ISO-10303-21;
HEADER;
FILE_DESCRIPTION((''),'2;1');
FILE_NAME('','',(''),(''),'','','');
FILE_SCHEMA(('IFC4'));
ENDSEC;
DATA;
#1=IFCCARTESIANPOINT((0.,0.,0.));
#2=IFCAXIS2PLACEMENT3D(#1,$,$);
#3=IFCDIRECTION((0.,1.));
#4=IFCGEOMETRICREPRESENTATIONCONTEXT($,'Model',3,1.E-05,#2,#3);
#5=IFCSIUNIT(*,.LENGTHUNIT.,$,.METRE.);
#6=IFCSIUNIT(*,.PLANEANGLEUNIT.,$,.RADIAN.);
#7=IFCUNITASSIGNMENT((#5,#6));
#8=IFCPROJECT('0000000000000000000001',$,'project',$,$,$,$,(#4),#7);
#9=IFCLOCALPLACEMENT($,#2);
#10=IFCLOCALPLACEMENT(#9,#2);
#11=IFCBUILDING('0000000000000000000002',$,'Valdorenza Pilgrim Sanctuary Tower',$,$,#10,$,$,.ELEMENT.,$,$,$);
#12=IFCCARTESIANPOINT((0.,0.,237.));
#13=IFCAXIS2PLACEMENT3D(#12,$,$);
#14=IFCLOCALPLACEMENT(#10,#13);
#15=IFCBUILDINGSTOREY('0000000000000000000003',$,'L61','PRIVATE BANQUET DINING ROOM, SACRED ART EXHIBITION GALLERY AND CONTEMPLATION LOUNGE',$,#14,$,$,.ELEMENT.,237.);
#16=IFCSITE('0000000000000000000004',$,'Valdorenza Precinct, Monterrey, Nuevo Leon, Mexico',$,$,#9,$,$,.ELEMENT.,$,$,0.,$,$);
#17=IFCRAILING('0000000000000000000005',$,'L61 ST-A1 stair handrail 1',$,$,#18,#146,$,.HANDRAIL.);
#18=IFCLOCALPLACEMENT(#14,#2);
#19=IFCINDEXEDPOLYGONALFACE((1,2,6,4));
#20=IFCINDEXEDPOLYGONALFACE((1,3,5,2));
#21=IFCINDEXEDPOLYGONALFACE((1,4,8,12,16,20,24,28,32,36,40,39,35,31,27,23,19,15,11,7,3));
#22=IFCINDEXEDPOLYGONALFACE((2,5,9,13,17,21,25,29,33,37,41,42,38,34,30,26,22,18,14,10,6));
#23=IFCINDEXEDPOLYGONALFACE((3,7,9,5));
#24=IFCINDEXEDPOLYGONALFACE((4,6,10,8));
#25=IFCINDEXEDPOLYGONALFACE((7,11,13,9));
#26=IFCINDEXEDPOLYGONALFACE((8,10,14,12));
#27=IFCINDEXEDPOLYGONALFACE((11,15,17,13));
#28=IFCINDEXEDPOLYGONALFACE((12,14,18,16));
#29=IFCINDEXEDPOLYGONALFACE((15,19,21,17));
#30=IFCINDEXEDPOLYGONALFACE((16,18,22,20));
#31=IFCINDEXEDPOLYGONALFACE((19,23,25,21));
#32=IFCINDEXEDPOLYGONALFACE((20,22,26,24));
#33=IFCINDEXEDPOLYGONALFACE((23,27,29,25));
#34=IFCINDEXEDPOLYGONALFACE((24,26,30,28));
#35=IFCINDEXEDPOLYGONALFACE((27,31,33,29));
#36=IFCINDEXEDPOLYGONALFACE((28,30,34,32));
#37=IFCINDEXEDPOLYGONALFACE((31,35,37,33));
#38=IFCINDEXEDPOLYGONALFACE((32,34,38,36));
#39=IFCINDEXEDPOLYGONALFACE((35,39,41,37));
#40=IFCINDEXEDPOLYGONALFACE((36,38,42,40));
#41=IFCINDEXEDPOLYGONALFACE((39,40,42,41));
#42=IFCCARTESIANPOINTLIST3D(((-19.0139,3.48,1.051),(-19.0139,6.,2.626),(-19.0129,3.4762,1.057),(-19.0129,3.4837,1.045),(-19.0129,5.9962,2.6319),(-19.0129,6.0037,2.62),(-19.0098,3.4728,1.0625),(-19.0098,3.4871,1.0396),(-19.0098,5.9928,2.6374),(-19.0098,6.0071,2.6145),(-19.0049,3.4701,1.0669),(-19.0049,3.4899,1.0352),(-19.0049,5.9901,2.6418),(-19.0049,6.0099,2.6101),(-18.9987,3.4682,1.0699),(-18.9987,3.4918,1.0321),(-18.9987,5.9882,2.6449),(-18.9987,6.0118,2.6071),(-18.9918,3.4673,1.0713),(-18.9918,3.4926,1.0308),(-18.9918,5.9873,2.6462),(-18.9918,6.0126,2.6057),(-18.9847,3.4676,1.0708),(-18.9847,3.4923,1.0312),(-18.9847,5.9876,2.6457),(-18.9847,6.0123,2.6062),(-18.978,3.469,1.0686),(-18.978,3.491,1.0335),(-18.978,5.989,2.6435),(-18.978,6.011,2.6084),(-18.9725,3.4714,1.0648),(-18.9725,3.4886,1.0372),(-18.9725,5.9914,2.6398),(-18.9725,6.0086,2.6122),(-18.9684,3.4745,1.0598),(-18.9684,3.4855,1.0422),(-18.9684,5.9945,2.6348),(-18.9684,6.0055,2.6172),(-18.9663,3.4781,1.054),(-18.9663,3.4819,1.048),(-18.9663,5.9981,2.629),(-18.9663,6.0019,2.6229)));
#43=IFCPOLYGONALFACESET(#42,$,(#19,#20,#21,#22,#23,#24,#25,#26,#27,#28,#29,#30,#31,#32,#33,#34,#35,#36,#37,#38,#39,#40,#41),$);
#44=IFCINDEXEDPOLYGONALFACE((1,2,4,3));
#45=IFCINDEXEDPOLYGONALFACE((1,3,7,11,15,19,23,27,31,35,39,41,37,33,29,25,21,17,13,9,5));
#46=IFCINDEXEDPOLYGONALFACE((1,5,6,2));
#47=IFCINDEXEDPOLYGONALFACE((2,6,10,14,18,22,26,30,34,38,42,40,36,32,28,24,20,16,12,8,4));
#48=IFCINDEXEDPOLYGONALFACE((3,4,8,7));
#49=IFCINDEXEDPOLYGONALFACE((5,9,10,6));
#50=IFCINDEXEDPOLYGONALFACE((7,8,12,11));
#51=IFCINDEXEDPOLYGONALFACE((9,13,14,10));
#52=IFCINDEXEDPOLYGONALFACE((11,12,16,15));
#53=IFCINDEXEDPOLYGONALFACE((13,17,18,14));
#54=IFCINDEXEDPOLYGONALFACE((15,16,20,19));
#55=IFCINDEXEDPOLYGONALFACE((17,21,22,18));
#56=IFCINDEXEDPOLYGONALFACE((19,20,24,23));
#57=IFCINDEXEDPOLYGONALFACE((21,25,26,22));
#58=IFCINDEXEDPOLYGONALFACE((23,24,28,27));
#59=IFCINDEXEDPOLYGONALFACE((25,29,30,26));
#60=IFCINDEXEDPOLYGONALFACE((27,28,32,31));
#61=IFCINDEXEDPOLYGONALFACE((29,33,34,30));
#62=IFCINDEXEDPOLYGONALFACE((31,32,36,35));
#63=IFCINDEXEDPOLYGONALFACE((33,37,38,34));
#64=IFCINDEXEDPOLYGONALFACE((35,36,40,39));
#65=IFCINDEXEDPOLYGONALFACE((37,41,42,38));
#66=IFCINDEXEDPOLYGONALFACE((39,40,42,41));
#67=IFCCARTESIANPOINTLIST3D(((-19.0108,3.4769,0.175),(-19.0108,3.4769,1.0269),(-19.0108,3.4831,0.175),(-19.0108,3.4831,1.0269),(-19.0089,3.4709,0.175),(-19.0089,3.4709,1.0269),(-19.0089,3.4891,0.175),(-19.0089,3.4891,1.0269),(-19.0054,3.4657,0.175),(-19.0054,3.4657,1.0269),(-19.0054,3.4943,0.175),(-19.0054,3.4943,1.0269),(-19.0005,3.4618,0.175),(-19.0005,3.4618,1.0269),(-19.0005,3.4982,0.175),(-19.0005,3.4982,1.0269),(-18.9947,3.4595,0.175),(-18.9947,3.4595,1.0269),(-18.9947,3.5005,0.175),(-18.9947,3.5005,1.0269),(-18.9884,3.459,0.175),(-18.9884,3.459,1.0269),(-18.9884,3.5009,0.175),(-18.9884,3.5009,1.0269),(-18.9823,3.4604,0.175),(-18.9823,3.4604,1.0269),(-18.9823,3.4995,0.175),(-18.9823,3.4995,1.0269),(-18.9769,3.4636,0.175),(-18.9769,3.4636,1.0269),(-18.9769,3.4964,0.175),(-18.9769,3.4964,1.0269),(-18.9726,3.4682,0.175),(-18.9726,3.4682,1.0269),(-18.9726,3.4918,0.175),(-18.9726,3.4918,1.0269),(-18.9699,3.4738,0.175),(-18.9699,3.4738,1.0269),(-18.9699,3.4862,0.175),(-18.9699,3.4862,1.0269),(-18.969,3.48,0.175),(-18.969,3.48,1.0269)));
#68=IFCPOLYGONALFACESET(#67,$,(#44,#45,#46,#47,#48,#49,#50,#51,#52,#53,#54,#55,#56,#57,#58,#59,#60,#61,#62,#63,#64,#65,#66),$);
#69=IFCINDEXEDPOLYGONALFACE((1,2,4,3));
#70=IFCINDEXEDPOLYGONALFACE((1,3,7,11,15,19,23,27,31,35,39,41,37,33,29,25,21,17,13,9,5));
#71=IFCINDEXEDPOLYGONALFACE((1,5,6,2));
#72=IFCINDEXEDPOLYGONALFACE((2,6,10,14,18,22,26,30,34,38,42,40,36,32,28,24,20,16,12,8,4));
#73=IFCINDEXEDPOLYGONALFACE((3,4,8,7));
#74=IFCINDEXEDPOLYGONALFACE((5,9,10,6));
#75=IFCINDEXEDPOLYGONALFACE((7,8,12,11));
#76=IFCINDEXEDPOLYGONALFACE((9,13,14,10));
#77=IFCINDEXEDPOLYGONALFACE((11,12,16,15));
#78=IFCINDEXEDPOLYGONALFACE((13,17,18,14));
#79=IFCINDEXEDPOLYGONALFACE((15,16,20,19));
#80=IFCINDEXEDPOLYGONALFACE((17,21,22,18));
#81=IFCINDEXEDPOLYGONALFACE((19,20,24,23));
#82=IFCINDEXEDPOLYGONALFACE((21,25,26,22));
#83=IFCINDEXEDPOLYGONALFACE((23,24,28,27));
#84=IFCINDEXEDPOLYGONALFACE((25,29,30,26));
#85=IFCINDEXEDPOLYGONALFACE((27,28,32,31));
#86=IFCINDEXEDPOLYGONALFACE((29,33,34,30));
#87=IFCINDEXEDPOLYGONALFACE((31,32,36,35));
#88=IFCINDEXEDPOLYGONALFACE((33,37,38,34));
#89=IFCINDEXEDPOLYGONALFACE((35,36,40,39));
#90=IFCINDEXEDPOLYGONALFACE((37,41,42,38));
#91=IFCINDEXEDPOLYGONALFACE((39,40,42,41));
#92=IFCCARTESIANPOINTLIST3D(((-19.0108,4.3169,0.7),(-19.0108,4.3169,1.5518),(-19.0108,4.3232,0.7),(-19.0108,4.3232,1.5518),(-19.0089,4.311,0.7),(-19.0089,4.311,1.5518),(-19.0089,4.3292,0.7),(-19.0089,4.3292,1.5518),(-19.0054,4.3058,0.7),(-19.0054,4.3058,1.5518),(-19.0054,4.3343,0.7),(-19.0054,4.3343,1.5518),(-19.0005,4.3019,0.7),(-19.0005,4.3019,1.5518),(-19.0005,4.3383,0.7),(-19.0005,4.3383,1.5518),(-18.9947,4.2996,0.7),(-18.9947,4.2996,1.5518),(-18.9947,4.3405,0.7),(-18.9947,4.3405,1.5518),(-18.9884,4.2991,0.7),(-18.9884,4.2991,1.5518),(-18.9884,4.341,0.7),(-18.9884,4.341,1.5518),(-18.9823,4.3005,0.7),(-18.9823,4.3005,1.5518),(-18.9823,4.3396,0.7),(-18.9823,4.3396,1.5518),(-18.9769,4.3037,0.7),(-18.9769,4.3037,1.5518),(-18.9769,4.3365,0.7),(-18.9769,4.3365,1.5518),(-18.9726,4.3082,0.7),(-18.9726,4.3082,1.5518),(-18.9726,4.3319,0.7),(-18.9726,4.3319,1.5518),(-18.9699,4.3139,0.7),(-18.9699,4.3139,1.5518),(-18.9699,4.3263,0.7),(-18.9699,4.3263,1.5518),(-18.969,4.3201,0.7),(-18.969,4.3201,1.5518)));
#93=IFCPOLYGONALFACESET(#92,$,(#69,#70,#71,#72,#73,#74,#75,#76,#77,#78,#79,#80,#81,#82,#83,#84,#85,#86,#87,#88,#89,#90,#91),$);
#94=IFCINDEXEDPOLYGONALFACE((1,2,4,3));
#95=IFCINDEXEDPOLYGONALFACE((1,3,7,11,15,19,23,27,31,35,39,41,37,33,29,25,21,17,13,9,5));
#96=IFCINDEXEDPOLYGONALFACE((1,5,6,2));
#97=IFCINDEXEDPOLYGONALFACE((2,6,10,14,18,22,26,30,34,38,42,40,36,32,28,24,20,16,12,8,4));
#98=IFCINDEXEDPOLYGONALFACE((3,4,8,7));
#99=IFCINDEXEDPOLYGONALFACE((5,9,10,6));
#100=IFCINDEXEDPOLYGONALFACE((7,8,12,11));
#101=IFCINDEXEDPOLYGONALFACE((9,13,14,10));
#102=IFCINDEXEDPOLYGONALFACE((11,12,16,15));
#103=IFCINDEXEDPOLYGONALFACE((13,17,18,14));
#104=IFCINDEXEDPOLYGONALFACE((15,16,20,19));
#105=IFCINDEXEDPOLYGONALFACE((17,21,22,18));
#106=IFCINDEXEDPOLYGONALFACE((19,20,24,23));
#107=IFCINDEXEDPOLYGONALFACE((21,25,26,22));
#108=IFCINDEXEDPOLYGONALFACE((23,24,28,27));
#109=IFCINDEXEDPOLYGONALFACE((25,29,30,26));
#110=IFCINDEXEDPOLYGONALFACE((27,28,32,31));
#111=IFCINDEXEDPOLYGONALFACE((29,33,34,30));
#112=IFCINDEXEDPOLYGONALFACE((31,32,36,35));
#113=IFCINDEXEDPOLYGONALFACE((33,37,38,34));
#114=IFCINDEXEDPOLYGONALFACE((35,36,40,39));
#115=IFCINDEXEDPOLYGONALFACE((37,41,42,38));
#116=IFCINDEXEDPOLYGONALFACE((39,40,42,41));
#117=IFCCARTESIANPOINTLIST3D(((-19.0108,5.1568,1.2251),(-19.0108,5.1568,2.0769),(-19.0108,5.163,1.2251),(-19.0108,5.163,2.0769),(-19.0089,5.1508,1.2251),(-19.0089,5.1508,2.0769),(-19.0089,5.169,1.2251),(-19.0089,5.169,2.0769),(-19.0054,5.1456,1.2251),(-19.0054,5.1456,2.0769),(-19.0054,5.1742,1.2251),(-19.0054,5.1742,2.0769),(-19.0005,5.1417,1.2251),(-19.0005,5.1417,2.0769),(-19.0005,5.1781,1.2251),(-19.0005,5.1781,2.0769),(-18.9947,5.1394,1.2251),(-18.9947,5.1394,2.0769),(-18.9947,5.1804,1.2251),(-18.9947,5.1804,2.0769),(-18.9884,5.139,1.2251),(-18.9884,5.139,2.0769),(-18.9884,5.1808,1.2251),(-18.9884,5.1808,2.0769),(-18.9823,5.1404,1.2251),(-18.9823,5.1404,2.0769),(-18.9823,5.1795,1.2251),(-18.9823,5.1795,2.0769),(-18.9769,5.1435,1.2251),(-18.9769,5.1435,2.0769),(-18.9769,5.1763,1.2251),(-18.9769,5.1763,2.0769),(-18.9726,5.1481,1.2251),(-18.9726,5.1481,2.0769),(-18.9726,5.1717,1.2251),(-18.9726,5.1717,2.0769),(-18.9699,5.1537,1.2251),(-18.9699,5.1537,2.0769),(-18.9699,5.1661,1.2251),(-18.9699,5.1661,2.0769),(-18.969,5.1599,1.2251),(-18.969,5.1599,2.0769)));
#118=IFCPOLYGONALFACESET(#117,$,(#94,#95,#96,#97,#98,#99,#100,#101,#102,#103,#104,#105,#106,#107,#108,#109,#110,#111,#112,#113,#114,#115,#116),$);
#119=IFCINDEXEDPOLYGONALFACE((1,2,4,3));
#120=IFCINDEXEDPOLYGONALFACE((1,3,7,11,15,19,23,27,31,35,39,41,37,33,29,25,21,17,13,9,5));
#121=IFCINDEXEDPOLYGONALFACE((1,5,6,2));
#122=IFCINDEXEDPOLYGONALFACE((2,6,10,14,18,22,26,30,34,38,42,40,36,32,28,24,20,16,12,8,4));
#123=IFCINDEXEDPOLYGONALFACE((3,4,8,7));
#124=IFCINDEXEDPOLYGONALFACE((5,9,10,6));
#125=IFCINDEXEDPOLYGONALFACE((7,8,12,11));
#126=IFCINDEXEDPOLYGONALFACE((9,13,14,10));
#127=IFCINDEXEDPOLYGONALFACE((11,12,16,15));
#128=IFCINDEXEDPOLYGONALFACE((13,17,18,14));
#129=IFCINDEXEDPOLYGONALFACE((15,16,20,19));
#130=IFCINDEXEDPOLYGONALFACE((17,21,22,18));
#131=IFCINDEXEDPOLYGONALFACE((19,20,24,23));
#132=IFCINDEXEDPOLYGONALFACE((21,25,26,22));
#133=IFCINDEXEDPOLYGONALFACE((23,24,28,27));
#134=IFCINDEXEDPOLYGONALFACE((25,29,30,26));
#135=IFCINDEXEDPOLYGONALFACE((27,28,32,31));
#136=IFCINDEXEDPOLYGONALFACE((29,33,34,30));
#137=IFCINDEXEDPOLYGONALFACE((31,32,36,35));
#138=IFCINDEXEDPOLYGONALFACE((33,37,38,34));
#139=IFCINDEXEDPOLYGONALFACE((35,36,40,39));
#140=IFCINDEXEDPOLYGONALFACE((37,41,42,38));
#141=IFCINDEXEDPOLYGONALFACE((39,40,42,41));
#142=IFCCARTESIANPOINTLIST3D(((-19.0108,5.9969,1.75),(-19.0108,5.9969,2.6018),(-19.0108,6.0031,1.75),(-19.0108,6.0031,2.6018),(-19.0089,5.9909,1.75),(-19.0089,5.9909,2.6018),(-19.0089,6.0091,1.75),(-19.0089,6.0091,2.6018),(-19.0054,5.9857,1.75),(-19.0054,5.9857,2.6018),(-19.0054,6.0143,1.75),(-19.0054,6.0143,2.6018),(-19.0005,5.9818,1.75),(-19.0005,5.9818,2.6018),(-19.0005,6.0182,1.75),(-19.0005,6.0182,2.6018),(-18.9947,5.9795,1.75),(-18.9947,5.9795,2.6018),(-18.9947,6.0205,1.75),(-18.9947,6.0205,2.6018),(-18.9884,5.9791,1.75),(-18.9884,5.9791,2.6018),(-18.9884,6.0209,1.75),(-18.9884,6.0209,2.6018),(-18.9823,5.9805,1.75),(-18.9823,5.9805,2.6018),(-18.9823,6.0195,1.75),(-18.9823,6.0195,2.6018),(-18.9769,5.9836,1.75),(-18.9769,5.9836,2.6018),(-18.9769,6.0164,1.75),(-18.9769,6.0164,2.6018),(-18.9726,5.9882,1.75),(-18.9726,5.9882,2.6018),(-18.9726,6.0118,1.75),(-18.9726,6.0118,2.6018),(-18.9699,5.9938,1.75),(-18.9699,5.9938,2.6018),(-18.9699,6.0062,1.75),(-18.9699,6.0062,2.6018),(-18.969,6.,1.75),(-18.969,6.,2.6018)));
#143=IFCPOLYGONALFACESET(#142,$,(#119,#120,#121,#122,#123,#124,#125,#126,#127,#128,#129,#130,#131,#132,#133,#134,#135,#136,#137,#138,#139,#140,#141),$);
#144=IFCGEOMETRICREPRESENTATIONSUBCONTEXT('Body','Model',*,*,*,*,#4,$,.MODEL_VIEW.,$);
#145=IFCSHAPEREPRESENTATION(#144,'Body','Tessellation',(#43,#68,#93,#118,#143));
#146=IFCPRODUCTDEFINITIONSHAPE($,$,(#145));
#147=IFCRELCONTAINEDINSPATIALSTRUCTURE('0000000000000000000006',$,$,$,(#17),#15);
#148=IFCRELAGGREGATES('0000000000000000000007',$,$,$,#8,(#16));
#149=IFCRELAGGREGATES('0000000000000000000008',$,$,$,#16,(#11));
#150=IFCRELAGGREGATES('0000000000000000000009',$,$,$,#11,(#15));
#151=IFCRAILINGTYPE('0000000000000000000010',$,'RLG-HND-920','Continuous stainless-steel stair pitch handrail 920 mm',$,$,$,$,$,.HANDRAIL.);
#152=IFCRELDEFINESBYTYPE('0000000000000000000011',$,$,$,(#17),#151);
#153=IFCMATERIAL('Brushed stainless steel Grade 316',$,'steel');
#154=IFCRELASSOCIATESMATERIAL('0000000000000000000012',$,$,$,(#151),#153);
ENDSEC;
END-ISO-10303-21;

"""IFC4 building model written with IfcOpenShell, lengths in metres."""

from ifc_helpers import new_model, si_unit, direction, frame, origin, origin_2d, place, context, subcontext, project, spatial, circle, extrude, material, type_object, element, save


model = new_model("IFC4")

# Units and contexts
model_context = context("Model", 3, precision=1e-05, world=origin(), true_north=direction((0.0, 1.0)))
body_context = subcontext(model_context, "Body", "Model", "MODEL_VIEW")
ifc_project = project(units=[si_unit("LENGTHUNIT", "METRE"), si_unit("PLANEANGLEUNIT", "RADIAN")], contexts=[model_context])

# Site, building, storey
site_placement = place(None, origin())
site = spatial("IfcSite", under=ifc_project, at=site_placement, Name="Valdorenza Precinct, Monterrey, Nuevo Leon, Mexico", CompositionType="ELEMENT", RefElevation=0.0)
building_placement = place(site_placement, origin())
building = spatial("IfcBuilding", under=site, at=building_placement, Name="Valdorenza Pilgrim Sanctuary Tower", CompositionType="ELEMENT")
storey_placement = place(building_placement, frame((0.0, 0.0, 237.0)))
storey = spatial("IfcBuildingStorey", under=building, at=storey_placement, Name="L61", Description="PRIVATE BANQUET DINING ROOM, SACRED ART EXHIBITION GALLERY AND CONTEMPLATION LOUNGE", CompositionType="ELEMENT", Elevation=237.0)

# Shared definitions
ifc_material_1 = material(Name="Brushed stainless steel Grade 316", Category="steel")

# Railing
railing_type_1 = type_object("IfcRailingType", Name="RLG-HND-920", Description="Continuous stainless-steel stair pitch handrail 920 mm", PredefinedType="HANDRAIL", material=ifc_material_1)
railing_1_placement = place(storey_placement, frame((-18.99, 3.48, 0.175)))
element("IfcRailing", 1, at=railing_1_placement, inside=storey, type_object=railing_type_1, Name="L61 ST-A1 stair handrail 1", PredefinedType="HANDRAIL", context=body_context, shape_type="SweptSolid", body=[
    extrude(circle(Radius=0.0239, at=origin_2d()), frame((0.0, 0.0, 0.876), z_axis=(0.0, 0.848008, 0.529984), x_axis=(-1.0, 0.0, 0.0)), (0.0, 0.0, 1.0), 2.9717),
    extrude(circle(Radius=0.021, at=origin_2d()), origin(), (0.0, 0.0, 1.0), 0.8518),
    extrude(circle(Radius=0.021, at=origin_2d()), frame((0.0, 0.8401, 0.5249)), (0.0, 0.0, 1.0), 0.8518),
    extrude(circle(Radius=0.021, at=origin_2d()), frame((0.0, 1.6799, 1.05)), (0.0, 0.0, 1.0), 0.8518),
    extrude(circle(Radius=0.021, at=origin_2d()), frame((0.0, 2.52, 1.575)), (0.0, 0.0, 1.0), 0.8518),
])

save(model, "model.ifc")
